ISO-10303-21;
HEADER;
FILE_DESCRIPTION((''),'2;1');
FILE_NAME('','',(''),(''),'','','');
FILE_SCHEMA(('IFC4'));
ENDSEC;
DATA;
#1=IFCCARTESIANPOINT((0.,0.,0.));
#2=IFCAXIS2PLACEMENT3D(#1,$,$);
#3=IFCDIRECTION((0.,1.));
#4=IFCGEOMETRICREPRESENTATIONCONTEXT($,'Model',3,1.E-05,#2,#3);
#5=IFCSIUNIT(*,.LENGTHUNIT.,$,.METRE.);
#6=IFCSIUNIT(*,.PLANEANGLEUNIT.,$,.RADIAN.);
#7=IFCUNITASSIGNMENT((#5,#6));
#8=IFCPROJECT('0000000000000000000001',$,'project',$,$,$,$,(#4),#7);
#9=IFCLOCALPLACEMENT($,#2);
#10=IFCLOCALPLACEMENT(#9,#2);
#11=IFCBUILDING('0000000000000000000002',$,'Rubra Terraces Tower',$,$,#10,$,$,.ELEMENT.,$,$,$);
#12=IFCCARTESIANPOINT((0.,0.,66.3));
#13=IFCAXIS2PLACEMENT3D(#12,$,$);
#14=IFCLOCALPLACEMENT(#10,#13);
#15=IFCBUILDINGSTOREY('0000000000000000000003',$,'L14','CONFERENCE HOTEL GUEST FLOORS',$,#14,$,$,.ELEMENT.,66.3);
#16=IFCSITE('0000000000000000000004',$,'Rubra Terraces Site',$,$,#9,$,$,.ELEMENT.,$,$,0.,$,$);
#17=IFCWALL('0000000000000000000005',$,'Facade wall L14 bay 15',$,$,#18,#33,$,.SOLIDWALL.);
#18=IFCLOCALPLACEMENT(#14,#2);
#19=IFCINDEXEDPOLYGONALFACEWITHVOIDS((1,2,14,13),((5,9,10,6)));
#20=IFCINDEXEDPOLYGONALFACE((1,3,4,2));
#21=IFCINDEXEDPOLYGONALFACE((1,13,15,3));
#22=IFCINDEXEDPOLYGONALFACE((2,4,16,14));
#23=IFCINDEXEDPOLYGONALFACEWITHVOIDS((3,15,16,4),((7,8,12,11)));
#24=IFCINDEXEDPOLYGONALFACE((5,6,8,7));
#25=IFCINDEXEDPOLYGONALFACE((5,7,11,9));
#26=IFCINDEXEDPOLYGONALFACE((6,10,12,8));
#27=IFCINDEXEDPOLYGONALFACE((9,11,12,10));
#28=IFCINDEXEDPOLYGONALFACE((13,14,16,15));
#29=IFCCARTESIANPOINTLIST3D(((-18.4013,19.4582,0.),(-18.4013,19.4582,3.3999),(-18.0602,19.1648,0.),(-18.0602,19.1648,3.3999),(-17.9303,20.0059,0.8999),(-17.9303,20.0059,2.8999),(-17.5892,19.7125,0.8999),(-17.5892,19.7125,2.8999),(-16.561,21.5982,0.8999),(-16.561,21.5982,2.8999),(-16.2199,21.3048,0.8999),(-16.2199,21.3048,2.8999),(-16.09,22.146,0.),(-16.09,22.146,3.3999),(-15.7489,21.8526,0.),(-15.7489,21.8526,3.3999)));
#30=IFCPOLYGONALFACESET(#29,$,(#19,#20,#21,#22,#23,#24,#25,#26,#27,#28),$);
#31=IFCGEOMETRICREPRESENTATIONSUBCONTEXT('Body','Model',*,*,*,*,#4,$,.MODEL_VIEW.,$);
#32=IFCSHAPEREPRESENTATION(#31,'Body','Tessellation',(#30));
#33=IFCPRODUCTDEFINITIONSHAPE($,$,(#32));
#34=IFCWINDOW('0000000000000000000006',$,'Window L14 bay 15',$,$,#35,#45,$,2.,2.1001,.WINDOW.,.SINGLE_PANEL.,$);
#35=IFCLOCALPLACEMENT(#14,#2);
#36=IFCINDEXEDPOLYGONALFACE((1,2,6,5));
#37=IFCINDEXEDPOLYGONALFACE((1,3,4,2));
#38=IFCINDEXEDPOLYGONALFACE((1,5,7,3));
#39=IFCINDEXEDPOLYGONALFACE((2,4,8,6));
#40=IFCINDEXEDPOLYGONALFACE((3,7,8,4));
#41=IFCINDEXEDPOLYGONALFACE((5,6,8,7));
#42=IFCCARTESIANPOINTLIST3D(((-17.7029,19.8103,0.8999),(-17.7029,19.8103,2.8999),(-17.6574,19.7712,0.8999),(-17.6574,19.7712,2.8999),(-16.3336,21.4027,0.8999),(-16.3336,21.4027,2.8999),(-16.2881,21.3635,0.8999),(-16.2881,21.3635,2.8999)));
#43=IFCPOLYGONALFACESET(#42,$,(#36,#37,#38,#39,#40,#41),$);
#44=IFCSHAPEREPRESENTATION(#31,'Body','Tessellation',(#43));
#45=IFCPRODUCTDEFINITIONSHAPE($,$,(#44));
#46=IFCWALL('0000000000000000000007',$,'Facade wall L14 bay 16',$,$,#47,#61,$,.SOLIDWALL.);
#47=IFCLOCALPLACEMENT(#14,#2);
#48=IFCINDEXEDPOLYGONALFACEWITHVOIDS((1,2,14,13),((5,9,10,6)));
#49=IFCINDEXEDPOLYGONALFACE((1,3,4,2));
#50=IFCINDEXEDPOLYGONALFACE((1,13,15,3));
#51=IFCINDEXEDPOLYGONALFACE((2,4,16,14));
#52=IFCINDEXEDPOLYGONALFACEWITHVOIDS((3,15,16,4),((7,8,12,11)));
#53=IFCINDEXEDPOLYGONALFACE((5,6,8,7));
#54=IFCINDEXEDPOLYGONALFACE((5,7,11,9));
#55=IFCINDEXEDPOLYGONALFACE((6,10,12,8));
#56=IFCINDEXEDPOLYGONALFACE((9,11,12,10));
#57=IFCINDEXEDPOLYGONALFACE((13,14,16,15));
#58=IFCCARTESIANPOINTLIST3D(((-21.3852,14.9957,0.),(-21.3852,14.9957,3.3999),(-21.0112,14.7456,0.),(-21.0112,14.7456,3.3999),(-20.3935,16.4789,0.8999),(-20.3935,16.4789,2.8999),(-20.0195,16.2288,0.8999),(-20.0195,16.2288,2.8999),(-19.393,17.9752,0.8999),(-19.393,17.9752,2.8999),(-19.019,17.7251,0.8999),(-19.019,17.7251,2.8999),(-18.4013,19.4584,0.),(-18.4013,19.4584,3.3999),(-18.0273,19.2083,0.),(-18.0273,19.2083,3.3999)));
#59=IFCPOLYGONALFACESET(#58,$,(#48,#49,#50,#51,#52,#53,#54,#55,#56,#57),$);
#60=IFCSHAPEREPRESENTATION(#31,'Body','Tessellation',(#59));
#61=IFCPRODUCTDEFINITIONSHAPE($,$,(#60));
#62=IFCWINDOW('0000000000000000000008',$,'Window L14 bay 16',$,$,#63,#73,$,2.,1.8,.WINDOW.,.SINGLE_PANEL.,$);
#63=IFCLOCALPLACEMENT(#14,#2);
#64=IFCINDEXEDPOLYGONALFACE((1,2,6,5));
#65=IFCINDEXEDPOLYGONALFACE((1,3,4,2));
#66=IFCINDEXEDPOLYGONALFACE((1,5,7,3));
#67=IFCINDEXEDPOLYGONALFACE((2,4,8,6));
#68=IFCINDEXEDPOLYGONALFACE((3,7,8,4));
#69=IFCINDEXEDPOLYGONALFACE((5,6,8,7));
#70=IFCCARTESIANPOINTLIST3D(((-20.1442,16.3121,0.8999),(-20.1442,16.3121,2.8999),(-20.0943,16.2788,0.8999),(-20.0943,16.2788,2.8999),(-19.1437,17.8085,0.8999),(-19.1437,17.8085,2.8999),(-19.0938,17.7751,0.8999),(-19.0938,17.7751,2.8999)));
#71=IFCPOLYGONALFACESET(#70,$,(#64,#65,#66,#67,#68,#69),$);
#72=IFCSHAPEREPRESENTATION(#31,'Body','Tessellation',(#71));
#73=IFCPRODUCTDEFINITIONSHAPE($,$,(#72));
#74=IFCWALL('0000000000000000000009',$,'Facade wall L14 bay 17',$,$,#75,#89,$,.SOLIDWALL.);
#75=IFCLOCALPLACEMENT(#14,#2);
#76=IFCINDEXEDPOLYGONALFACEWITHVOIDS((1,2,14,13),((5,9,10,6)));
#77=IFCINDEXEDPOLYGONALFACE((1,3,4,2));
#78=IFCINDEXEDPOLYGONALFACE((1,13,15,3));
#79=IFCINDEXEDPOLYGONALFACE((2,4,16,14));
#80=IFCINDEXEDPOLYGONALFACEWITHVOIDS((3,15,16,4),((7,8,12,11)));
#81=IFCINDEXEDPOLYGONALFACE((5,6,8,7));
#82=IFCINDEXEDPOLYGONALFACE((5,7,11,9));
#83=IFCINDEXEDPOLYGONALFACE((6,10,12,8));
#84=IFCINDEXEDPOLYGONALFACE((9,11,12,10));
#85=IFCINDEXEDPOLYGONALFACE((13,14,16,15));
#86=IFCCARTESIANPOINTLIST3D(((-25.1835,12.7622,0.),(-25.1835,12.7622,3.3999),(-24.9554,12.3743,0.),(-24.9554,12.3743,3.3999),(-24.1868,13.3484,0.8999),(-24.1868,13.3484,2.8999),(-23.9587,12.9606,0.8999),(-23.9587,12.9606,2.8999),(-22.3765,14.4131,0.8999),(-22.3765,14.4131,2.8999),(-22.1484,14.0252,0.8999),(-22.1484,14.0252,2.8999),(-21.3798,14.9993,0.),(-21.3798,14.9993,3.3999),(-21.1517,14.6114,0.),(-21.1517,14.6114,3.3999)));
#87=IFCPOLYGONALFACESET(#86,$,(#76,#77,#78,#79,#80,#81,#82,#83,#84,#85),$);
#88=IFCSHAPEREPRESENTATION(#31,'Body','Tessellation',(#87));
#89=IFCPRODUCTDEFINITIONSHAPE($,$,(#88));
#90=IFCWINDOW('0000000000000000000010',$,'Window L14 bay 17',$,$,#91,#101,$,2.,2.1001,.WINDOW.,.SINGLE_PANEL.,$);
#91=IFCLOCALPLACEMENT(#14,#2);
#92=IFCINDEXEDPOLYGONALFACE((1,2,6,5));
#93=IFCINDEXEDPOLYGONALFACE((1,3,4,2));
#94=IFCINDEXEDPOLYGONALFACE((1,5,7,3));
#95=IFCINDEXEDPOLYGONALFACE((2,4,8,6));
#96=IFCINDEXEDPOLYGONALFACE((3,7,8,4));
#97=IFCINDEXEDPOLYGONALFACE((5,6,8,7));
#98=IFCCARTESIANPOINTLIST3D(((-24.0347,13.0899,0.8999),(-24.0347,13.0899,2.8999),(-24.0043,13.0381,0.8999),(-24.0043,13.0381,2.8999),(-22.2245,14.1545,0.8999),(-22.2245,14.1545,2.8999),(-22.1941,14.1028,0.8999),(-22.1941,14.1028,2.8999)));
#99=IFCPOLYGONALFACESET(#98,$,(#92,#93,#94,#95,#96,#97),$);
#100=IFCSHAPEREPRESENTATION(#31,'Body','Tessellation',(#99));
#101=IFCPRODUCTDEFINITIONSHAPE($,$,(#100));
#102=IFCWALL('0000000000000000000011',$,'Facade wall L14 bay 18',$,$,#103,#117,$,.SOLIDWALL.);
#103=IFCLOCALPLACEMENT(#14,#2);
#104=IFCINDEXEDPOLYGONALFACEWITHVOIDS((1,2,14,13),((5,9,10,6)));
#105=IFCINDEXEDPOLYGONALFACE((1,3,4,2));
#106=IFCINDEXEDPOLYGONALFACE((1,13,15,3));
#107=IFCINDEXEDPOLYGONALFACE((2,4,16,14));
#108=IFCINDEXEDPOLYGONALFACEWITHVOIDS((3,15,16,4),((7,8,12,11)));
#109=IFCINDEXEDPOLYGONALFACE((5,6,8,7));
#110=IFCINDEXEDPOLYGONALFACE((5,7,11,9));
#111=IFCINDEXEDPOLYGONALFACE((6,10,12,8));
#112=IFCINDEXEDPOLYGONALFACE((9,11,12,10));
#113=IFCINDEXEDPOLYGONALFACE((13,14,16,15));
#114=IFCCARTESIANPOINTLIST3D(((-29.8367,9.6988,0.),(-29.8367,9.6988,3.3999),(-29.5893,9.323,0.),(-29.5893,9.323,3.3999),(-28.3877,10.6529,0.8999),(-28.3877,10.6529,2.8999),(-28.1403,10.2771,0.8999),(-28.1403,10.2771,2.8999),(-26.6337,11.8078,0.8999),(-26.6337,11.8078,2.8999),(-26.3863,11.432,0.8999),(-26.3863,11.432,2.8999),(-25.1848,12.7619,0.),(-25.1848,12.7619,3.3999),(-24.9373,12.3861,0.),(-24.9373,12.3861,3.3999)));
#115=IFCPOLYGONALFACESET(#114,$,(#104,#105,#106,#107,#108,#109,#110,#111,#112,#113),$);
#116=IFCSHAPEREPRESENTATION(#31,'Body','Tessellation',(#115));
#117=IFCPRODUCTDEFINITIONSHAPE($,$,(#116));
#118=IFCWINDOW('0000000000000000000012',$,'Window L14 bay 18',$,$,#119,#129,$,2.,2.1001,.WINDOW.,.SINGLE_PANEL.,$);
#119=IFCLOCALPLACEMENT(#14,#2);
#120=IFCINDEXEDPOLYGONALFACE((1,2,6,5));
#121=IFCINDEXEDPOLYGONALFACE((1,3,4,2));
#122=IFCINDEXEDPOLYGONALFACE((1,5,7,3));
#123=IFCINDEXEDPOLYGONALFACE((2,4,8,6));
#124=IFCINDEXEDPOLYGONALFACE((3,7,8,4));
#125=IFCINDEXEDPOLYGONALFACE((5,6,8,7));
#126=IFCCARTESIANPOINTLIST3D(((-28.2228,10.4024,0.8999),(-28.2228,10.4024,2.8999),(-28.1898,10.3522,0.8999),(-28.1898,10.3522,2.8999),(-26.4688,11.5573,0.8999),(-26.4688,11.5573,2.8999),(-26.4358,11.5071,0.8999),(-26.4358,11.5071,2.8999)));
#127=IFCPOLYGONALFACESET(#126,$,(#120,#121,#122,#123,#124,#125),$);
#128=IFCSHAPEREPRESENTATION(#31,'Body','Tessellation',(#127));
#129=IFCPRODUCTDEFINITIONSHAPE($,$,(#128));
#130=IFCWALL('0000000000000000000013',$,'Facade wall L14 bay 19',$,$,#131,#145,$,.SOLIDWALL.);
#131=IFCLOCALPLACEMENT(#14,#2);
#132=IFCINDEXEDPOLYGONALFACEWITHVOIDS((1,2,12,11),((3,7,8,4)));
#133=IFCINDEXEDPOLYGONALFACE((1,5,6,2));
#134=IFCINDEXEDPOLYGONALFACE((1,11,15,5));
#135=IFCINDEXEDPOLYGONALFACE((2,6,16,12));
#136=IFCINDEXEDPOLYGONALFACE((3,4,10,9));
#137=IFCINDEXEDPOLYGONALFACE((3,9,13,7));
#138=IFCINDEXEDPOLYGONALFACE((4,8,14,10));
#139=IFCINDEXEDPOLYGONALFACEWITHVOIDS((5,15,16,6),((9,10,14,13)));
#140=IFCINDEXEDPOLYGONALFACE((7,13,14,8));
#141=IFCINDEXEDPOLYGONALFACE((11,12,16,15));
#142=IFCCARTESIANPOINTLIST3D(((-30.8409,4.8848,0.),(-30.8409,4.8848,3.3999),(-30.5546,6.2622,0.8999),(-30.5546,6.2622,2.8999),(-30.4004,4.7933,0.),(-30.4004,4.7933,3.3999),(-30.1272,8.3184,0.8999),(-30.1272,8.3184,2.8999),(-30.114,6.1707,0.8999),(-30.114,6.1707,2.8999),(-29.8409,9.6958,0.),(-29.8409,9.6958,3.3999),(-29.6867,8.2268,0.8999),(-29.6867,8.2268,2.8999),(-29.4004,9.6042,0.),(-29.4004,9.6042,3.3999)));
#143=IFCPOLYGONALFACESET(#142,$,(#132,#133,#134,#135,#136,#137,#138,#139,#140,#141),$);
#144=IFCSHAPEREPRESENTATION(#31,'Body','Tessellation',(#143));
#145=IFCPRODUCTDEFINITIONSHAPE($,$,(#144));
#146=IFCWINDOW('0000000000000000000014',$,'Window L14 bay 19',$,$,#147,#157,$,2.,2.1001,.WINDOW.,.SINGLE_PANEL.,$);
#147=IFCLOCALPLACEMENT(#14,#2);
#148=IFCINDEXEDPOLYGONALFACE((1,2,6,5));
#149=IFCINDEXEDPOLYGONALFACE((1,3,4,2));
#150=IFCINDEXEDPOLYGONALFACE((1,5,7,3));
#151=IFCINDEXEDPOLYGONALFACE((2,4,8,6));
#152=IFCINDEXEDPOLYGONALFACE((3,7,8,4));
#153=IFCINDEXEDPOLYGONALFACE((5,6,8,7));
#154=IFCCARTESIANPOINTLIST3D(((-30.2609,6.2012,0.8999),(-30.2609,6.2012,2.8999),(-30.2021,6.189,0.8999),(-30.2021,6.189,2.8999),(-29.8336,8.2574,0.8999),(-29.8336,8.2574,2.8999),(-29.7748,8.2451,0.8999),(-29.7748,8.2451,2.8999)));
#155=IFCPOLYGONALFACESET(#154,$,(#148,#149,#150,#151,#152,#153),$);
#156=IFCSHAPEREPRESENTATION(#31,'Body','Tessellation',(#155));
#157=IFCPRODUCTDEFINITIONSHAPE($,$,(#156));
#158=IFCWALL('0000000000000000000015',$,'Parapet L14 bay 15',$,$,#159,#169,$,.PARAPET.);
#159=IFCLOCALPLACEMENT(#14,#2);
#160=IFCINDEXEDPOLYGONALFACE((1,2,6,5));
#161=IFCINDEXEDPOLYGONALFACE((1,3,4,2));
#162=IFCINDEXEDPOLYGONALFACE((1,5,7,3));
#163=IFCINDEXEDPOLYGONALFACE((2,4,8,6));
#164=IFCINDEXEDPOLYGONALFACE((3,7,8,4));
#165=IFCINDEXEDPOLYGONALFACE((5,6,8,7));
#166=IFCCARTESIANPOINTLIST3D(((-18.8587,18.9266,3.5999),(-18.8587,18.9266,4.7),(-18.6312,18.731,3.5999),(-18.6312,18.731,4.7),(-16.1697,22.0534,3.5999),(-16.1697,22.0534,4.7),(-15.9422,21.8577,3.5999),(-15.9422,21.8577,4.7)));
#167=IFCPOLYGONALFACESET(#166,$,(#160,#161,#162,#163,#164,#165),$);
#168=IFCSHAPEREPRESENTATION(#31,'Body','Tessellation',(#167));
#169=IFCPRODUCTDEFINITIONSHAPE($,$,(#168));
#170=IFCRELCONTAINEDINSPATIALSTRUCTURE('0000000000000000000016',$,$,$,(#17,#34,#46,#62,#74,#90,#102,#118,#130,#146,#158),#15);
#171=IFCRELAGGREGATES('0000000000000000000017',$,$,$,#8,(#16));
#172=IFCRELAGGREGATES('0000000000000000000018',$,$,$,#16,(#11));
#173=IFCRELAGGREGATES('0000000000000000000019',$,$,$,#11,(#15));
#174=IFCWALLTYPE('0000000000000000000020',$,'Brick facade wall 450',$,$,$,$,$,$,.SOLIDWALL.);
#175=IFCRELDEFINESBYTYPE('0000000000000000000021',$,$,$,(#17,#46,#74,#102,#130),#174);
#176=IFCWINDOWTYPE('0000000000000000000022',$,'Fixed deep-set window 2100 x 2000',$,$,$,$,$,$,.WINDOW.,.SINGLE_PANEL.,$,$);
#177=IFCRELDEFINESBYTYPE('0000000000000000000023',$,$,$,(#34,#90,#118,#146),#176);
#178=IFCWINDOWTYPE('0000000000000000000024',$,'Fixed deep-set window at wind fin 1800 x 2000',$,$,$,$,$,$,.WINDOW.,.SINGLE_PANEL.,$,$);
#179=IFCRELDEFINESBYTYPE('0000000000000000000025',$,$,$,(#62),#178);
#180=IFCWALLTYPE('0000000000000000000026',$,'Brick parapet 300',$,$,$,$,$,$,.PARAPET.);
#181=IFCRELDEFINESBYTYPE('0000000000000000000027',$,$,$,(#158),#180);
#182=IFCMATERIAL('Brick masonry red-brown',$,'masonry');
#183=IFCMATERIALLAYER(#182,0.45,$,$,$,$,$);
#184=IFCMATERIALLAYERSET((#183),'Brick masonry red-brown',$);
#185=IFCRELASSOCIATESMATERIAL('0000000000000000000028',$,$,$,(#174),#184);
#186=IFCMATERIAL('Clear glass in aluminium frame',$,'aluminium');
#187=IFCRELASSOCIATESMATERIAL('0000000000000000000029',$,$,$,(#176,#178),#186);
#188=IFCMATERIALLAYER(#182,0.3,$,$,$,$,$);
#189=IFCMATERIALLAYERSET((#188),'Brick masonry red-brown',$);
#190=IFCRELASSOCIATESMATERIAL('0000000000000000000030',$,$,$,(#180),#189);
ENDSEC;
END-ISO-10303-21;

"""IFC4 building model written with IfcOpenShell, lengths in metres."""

from ifc_helpers import new_model, si_unit, direction, frame, frame_2d, origin, place, context, subcontext, project, spatial, rectangle, extrude, material, layer, layer_set, type_object, element, fill, save


model = new_model("IFC4")

# Units and contexts
model_context = context("Model", 3, precision=1e-05, world=origin(), true_north=direction((0.0, 1.0)))
body_context = subcontext(model_context, "Body", "Model", "MODEL_VIEW")
ifc_project = project(units=[si_unit("LENGTHUNIT", "METRE"), si_unit("PLANEANGLEUNIT", "RADIAN")], contexts=[model_context])

# Site, building, storey
site_placement = place(None, origin())
site = spatial("IfcSite", under=ifc_project, at=site_placement, Name="Rubra Terraces Site", CompositionType="ELEMENT", RefElevation=0.0)
building_placement = place(site_placement, origin())
building = spatial("IfcBuilding", under=site, at=building_placement, Name="Rubra Terraces Tower", CompositionType="ELEMENT")
storey_placement = place(building_placement, frame((0.0, 0.0, 66.3)))
storey = spatial("IfcBuildingStorey", under=building, at=storey_placement, Name="L14", Description="CONFERENCE HOTEL GUEST FLOORS", CompositionType="ELEMENT", Elevation=66.3)

# Walls, openings, windows
ifc_material_1 = material(Name="Brick masonry red-brown", Category="masonry")
ifc_layer_1 = layer(ifc_material_1, 0.45)
ifc_layer_set_1 = layer_set([ifc_layer_1], Name="Brick masonry red-brown")
wall_type_1 = type_object("IfcWallType", Name="Brick facade wall 450", PredefinedType="SOLIDWALL", material=ifc_layer_set_1)
wall_1_placement = place(storey_placement, frame((-15.9194, 21.9993, 0.0), z_axis=(0.0, 0.0, 1.0), x_axis=(-0.65201, -0.75821, 0.0)))
wall_1 = element("IfcWall", 1, at=wall_1_placement, inside=storey, type_object=wall_type_1, Name="Facade wall L14 bay 15", PredefinedType="SOLIDWALL", context=body_context, shape_type="SweptSolid", body=[
    extrude(rectangle(XDim=3.5449, YDim=0.45, at=frame_2d((1.7725, 0.0))), origin(), (0.0, 0.0, 1.0), 3.3999),
])
opening_1_placement = place(wall_1_placement, frame((0.7224, 0.0, 0.8999)))
opening_1 = element("IfcOpeningElement", 2, at=opening_1_placement, cuts=wall_1, PredefinedType="OPENING", context=body_context, shape_type="SweptSolid", body=[
    extrude(rectangle(XDim=2.1001, YDim=2.0, at=frame_2d((1.05, 1.0))), frame((0.0, 0.2349, 0.0), z_axis=(0.0, -1.0, 0.0), x_axis=(1.0, 0.0, 0.0)), (0.0, 0.0, 1.0), 0.47),
])
ifc_material_2 = material(Name="Clear glass in aluminium frame", Category="aluminium")
window_type_1 = type_object("IfcWindowType", Name="Fixed deep-set window 2100 x 2000", PartitioningType="SINGLE_PANEL", PredefinedType="WINDOW", material=ifc_material_2)
window_1_placement = place(opening_1_placement, origin())
window_1 = element("IfcWindow", 3, at=window_1_placement, inside=storey, type_object=window_type_1, Name="Window L14 bay 15", OverallHeight=2.0, OverallWidth=2.1001, PartitioningType="SINGLE_PANEL", PredefinedType="WINDOW", context=body_context, shape_type="SweptSolid", body=[
    extrude(rectangle(XDim=2.1001, YDim=2.0, at=frame_2d((1.05, 1.0))), frame((0.0, 0.135, 0.0), z_axis=(0.0, -1.0, 0.0), x_axis=(1.0, 0.0, 0.0)), (0.0, 0.0, 1.0), 0.0601),
])
fill(opening_1, window_1)
wall_2_placement = place(storey_placement, frame((-18.2144, 19.3333, 0.0), z_axis=(0.0, 0.0, 1.0), x_axis=(-0.555833, -0.831294, 0.0)))
wall_2 = element("IfcWall", 4, at=wall_2_placement, inside=storey, type_object=wall_type_1, Name="Facade wall L14 bay 16", PredefinedType="SOLIDWALL", context=body_context, shape_type="SweptSolid", body=[
    extrude(rectangle(XDim=5.3684, YDim=0.45, at=frame_2d((2.6841, 0.0))), origin(), (0.0, 0.0, 1.0), 3.3999),
])
opening_2_placement = place(wall_2_placement, frame((1.7842, 0.0, 0.8999)))
opening_2 = element("IfcOpeningElement", 5, at=opening_2_placement, cuts=wall_2, PredefinedType="OPENING", context=body_context, shape_type="SweptSolid", body=[
    extrude(rectangle(XDim=1.8, YDim=2.0, at=frame_2d((0.8999, 1.0))), frame((0.0, 0.2349, 0.0), z_axis=(0.0, -1.0, 0.0), x_axis=(1.0, 0.0, 0.0)), (0.0, 0.0, 1.0), 0.47),
])
window_type_2 = type_object("IfcWindowType", Name="Fixed deep-set window at wind fin 1800 x 2000", PartitioningType="SINGLE_PANEL", PredefinedType="WINDOW", material=ifc_material_2)
window_2_placement = place(opening_2_placement, origin())
window_2 = element("IfcWindow", 6, at=window_2_placement, inside=storey, type_object=window_type_2, Name="Window L14 bay 16", OverallHeight=2.0, OverallWidth=1.8, PartitioningType="SINGLE_PANEL", PredefinedType="WINDOW", context=body_context, shape_type="SweptSolid", body=[
    extrude(rectangle(XDim=1.8, YDim=2.0, at=frame_2d((0.8999, 1.0))), frame((0.0, 0.135, 0.0), z_axis=(0.0, -1.0, 0.0), x_axis=(1.0, 0.0, 0.0)), (0.0, 0.0, 1.0), 0.0601),
])
fill(opening_2, window_2)
wall_3_placement = place(storey_placement, frame((-21.2656, 14.8054, 0.0), z_axis=(0.0, 0.0, 1.0), x_axis=(-0.861975, -0.50695, 0.0)))
wall_3 = element("IfcWall", 7, at=wall_3_placement, inside=storey, type_object=wall_type_1, Name="Facade wall L14 bay 17", PredefinedType="SOLIDWALL", context=body_context, shape_type="SweptSolid", body=[
    extrude(rectangle(XDim=4.4128, YDim=0.45, at=frame_2d((2.2065, 0.0))), origin(), (0.0, 0.0, 1.0), 3.3999),
])
opening_3_placement = place(wall_3_placement, frame((1.1565, 0.0, 0.8999)))
opening_3 = element("IfcOpeningElement", 8, at=opening_3_placement, cuts=wall_3, PredefinedType="OPENING", context=body_context, shape_type="SweptSolid", body=[
    extrude(rectangle(XDim=2.1001, YDim=2.0, at=frame_2d((1.05, 1.0))), frame((0.0, 0.2349, 0.0), z_axis=(0.0, -1.0, 0.0), x_axis=(1.0, 0.0, 0.0)), (0.0, 0.0, 1.0), 0.47),
])
window_3_placement = place(opening_3_placement, origin())
window_3 = element("IfcWindow", 9, at=window_3_placement, inside=storey, type_object=window_type_1, Name="Window L14 bay 17", OverallHeight=2.0, OverallWidth=2.1001, PartitioningType="SINGLE_PANEL", PredefinedType="WINDOW", context=body_context, shape_type="SweptSolid", body=[
    extrude(rectangle(XDim=2.1001, YDim=2.0, at=frame_2d((1.05, 1.0))), frame((0.0, 0.135, 0.0), z_axis=(0.0, -1.0, 0.0), x_axis=(1.0, 0.0, 0.0)), (0.0, 0.0, 1.0), 0.0601),
])
fill(opening_3, window_3)
wall_4_placement = place(storey_placement, frame((-25.061, 12.574, 0.0), z_axis=(0.0, 0.0, 1.0), x_axis=(-0.835206, -0.549937, 0.0)))
wall_4 = element("IfcWall", 10, at=wall_4_placement, inside=storey, type_object=wall_type_1, Name="Facade wall L14 bay 18", PredefinedType="SOLIDWALL", context=body_context, shape_type="SweptSolid", body=[
    extrude(rectangle(XDim=5.5698, YDim=0.45, at=frame_2d((2.7849, 0.0))), origin(), (0.0, 0.0, 1.0), 3.3999),
])
opening_4_placement = place(wall_4_placement, frame((1.7349, 0.0, 0.8999)))
opening_4 = element("IfcOpeningElement", 11, at=opening_4_placement, cuts=wall_4, PredefinedType="OPENING", context=body_context, shape_type="SweptSolid", body=[
    extrude(rectangle(XDim=2.1001, YDim=2.0, at=frame_2d((1.05, 1.0))), frame((0.0, 0.2349, 0.0), z_axis=(0.0, -1.0, 0.0), x_axis=(1.0, 0.0, 0.0)), (0.0, 0.0, 1.0), 0.47),
])
window_4_placement = place(opening_4_placement, origin())
window_4 = element("IfcWindow", 12, at=window_4_placement, inside=storey, type_object=window_type_1, Name="Window L14 bay 18", OverallHeight=2.0, OverallWidth=2.1001, PartitioningType="SINGLE_PANEL", PredefinedType="WINDOW", context=body_context, shape_type="SweptSolid", body=[
    extrude(rectangle(XDim=2.1001, YDim=2.0, at=frame_2d((1.05, 1.0))), frame((0.0, 0.135, 0.0), z_axis=(0.0, -1.0, 0.0), x_axis=(1.0, 0.0, 0.0)), (0.0, 0.0, 1.0), 0.0601),
])
fill(opening_4, window_4)
wall_5_placement = place(storey_placement, frame((-29.6206, 9.6501, 0.0), z_axis=(0.0, 0.0, 1.0), x_axis=(-0.203506, -0.979074, 0.0)))
wall_5 = element("IfcWall", 13, at=wall_5_placement, inside=storey, type_object=wall_type_1, Name="Facade wall L14 bay 19", PredefinedType="SOLIDWALL", context=body_context, shape_type="SweptSolid", body=[
    extrude(rectangle(XDim=4.9138, YDim=0.45, at=frame_2d((2.457, 0.0))), origin(), (0.0, 0.0, 1.0), 3.3999),
])
opening_5_placement = place(wall_5_placement, frame((1.407, 0.0, 0.8999)))
opening_5 = element("IfcOpeningElement", 14, at=opening_5_placement, cuts=wall_5, PredefinedType="OPENING", context=body_context, shape_type="SweptSolid", body=[
    extrude(rectangle(XDim=2.1001, YDim=2.0, at=frame_2d((1.05, 1.0))), frame((0.0, 0.2349, 0.0), z_axis=(0.0, -1.0, 0.0), x_axis=(1.0, 0.0, 0.0)), (0.0, 0.0, 1.0), 0.47),
])
window_5_placement = place(opening_5_placement, origin())
window_5 = element("IfcWindow", 15, at=window_5_placement, inside=storey, type_object=window_type_1, Name="Window L14 bay 19", OverallHeight=2.0, OverallWidth=2.1001, PartitioningType="SINGLE_PANEL", PredefinedType="WINDOW", context=body_context, shape_type="SweptSolid", body=[
    extrude(rectangle(XDim=2.1001, YDim=2.0, at=frame_2d((1.05, 1.0))), frame((0.0, 0.135, 0.0), z_axis=(0.0, -1.0, 0.0), x_axis=(1.0, 0.0, 0.0)), (0.0, 0.0, 1.0), 0.0601),
])
fill(opening_5, window_5)

# Wall
ifc_layer_2 = layer(ifc_material_1, 0.3)
ifc_layer_set_2 = layer_set([ifc_layer_2], Name="Brick masonry red-brown")
wall_type_2 = type_object("IfcWallType", Name="Brick parapet 300", PredefinedType="PARAPET", material=ifc_layer_set_2)
wall_6_placement = place(storey_placement, frame((-16.0559, 21.9556, 3.5999), z_axis=(0.0, 0.0, 1.0), x_axis=(-0.652039, -0.758186, 0.0)))
element("IfcWall", 16, at=wall_6_placement, inside=storey, type_object=wall_type_2, Name="Parapet L14 bay 15", PredefinedType="PARAPET", context=body_context, shape_type="SweptSolid", body=[
    extrude(rectangle(XDim=4.124, YDim=0.3, at=frame_2d((2.062, 0.0))), origin(), (0.0, 0.0, 1.0), 1.1001),
])

save(model, "model.ifc")
